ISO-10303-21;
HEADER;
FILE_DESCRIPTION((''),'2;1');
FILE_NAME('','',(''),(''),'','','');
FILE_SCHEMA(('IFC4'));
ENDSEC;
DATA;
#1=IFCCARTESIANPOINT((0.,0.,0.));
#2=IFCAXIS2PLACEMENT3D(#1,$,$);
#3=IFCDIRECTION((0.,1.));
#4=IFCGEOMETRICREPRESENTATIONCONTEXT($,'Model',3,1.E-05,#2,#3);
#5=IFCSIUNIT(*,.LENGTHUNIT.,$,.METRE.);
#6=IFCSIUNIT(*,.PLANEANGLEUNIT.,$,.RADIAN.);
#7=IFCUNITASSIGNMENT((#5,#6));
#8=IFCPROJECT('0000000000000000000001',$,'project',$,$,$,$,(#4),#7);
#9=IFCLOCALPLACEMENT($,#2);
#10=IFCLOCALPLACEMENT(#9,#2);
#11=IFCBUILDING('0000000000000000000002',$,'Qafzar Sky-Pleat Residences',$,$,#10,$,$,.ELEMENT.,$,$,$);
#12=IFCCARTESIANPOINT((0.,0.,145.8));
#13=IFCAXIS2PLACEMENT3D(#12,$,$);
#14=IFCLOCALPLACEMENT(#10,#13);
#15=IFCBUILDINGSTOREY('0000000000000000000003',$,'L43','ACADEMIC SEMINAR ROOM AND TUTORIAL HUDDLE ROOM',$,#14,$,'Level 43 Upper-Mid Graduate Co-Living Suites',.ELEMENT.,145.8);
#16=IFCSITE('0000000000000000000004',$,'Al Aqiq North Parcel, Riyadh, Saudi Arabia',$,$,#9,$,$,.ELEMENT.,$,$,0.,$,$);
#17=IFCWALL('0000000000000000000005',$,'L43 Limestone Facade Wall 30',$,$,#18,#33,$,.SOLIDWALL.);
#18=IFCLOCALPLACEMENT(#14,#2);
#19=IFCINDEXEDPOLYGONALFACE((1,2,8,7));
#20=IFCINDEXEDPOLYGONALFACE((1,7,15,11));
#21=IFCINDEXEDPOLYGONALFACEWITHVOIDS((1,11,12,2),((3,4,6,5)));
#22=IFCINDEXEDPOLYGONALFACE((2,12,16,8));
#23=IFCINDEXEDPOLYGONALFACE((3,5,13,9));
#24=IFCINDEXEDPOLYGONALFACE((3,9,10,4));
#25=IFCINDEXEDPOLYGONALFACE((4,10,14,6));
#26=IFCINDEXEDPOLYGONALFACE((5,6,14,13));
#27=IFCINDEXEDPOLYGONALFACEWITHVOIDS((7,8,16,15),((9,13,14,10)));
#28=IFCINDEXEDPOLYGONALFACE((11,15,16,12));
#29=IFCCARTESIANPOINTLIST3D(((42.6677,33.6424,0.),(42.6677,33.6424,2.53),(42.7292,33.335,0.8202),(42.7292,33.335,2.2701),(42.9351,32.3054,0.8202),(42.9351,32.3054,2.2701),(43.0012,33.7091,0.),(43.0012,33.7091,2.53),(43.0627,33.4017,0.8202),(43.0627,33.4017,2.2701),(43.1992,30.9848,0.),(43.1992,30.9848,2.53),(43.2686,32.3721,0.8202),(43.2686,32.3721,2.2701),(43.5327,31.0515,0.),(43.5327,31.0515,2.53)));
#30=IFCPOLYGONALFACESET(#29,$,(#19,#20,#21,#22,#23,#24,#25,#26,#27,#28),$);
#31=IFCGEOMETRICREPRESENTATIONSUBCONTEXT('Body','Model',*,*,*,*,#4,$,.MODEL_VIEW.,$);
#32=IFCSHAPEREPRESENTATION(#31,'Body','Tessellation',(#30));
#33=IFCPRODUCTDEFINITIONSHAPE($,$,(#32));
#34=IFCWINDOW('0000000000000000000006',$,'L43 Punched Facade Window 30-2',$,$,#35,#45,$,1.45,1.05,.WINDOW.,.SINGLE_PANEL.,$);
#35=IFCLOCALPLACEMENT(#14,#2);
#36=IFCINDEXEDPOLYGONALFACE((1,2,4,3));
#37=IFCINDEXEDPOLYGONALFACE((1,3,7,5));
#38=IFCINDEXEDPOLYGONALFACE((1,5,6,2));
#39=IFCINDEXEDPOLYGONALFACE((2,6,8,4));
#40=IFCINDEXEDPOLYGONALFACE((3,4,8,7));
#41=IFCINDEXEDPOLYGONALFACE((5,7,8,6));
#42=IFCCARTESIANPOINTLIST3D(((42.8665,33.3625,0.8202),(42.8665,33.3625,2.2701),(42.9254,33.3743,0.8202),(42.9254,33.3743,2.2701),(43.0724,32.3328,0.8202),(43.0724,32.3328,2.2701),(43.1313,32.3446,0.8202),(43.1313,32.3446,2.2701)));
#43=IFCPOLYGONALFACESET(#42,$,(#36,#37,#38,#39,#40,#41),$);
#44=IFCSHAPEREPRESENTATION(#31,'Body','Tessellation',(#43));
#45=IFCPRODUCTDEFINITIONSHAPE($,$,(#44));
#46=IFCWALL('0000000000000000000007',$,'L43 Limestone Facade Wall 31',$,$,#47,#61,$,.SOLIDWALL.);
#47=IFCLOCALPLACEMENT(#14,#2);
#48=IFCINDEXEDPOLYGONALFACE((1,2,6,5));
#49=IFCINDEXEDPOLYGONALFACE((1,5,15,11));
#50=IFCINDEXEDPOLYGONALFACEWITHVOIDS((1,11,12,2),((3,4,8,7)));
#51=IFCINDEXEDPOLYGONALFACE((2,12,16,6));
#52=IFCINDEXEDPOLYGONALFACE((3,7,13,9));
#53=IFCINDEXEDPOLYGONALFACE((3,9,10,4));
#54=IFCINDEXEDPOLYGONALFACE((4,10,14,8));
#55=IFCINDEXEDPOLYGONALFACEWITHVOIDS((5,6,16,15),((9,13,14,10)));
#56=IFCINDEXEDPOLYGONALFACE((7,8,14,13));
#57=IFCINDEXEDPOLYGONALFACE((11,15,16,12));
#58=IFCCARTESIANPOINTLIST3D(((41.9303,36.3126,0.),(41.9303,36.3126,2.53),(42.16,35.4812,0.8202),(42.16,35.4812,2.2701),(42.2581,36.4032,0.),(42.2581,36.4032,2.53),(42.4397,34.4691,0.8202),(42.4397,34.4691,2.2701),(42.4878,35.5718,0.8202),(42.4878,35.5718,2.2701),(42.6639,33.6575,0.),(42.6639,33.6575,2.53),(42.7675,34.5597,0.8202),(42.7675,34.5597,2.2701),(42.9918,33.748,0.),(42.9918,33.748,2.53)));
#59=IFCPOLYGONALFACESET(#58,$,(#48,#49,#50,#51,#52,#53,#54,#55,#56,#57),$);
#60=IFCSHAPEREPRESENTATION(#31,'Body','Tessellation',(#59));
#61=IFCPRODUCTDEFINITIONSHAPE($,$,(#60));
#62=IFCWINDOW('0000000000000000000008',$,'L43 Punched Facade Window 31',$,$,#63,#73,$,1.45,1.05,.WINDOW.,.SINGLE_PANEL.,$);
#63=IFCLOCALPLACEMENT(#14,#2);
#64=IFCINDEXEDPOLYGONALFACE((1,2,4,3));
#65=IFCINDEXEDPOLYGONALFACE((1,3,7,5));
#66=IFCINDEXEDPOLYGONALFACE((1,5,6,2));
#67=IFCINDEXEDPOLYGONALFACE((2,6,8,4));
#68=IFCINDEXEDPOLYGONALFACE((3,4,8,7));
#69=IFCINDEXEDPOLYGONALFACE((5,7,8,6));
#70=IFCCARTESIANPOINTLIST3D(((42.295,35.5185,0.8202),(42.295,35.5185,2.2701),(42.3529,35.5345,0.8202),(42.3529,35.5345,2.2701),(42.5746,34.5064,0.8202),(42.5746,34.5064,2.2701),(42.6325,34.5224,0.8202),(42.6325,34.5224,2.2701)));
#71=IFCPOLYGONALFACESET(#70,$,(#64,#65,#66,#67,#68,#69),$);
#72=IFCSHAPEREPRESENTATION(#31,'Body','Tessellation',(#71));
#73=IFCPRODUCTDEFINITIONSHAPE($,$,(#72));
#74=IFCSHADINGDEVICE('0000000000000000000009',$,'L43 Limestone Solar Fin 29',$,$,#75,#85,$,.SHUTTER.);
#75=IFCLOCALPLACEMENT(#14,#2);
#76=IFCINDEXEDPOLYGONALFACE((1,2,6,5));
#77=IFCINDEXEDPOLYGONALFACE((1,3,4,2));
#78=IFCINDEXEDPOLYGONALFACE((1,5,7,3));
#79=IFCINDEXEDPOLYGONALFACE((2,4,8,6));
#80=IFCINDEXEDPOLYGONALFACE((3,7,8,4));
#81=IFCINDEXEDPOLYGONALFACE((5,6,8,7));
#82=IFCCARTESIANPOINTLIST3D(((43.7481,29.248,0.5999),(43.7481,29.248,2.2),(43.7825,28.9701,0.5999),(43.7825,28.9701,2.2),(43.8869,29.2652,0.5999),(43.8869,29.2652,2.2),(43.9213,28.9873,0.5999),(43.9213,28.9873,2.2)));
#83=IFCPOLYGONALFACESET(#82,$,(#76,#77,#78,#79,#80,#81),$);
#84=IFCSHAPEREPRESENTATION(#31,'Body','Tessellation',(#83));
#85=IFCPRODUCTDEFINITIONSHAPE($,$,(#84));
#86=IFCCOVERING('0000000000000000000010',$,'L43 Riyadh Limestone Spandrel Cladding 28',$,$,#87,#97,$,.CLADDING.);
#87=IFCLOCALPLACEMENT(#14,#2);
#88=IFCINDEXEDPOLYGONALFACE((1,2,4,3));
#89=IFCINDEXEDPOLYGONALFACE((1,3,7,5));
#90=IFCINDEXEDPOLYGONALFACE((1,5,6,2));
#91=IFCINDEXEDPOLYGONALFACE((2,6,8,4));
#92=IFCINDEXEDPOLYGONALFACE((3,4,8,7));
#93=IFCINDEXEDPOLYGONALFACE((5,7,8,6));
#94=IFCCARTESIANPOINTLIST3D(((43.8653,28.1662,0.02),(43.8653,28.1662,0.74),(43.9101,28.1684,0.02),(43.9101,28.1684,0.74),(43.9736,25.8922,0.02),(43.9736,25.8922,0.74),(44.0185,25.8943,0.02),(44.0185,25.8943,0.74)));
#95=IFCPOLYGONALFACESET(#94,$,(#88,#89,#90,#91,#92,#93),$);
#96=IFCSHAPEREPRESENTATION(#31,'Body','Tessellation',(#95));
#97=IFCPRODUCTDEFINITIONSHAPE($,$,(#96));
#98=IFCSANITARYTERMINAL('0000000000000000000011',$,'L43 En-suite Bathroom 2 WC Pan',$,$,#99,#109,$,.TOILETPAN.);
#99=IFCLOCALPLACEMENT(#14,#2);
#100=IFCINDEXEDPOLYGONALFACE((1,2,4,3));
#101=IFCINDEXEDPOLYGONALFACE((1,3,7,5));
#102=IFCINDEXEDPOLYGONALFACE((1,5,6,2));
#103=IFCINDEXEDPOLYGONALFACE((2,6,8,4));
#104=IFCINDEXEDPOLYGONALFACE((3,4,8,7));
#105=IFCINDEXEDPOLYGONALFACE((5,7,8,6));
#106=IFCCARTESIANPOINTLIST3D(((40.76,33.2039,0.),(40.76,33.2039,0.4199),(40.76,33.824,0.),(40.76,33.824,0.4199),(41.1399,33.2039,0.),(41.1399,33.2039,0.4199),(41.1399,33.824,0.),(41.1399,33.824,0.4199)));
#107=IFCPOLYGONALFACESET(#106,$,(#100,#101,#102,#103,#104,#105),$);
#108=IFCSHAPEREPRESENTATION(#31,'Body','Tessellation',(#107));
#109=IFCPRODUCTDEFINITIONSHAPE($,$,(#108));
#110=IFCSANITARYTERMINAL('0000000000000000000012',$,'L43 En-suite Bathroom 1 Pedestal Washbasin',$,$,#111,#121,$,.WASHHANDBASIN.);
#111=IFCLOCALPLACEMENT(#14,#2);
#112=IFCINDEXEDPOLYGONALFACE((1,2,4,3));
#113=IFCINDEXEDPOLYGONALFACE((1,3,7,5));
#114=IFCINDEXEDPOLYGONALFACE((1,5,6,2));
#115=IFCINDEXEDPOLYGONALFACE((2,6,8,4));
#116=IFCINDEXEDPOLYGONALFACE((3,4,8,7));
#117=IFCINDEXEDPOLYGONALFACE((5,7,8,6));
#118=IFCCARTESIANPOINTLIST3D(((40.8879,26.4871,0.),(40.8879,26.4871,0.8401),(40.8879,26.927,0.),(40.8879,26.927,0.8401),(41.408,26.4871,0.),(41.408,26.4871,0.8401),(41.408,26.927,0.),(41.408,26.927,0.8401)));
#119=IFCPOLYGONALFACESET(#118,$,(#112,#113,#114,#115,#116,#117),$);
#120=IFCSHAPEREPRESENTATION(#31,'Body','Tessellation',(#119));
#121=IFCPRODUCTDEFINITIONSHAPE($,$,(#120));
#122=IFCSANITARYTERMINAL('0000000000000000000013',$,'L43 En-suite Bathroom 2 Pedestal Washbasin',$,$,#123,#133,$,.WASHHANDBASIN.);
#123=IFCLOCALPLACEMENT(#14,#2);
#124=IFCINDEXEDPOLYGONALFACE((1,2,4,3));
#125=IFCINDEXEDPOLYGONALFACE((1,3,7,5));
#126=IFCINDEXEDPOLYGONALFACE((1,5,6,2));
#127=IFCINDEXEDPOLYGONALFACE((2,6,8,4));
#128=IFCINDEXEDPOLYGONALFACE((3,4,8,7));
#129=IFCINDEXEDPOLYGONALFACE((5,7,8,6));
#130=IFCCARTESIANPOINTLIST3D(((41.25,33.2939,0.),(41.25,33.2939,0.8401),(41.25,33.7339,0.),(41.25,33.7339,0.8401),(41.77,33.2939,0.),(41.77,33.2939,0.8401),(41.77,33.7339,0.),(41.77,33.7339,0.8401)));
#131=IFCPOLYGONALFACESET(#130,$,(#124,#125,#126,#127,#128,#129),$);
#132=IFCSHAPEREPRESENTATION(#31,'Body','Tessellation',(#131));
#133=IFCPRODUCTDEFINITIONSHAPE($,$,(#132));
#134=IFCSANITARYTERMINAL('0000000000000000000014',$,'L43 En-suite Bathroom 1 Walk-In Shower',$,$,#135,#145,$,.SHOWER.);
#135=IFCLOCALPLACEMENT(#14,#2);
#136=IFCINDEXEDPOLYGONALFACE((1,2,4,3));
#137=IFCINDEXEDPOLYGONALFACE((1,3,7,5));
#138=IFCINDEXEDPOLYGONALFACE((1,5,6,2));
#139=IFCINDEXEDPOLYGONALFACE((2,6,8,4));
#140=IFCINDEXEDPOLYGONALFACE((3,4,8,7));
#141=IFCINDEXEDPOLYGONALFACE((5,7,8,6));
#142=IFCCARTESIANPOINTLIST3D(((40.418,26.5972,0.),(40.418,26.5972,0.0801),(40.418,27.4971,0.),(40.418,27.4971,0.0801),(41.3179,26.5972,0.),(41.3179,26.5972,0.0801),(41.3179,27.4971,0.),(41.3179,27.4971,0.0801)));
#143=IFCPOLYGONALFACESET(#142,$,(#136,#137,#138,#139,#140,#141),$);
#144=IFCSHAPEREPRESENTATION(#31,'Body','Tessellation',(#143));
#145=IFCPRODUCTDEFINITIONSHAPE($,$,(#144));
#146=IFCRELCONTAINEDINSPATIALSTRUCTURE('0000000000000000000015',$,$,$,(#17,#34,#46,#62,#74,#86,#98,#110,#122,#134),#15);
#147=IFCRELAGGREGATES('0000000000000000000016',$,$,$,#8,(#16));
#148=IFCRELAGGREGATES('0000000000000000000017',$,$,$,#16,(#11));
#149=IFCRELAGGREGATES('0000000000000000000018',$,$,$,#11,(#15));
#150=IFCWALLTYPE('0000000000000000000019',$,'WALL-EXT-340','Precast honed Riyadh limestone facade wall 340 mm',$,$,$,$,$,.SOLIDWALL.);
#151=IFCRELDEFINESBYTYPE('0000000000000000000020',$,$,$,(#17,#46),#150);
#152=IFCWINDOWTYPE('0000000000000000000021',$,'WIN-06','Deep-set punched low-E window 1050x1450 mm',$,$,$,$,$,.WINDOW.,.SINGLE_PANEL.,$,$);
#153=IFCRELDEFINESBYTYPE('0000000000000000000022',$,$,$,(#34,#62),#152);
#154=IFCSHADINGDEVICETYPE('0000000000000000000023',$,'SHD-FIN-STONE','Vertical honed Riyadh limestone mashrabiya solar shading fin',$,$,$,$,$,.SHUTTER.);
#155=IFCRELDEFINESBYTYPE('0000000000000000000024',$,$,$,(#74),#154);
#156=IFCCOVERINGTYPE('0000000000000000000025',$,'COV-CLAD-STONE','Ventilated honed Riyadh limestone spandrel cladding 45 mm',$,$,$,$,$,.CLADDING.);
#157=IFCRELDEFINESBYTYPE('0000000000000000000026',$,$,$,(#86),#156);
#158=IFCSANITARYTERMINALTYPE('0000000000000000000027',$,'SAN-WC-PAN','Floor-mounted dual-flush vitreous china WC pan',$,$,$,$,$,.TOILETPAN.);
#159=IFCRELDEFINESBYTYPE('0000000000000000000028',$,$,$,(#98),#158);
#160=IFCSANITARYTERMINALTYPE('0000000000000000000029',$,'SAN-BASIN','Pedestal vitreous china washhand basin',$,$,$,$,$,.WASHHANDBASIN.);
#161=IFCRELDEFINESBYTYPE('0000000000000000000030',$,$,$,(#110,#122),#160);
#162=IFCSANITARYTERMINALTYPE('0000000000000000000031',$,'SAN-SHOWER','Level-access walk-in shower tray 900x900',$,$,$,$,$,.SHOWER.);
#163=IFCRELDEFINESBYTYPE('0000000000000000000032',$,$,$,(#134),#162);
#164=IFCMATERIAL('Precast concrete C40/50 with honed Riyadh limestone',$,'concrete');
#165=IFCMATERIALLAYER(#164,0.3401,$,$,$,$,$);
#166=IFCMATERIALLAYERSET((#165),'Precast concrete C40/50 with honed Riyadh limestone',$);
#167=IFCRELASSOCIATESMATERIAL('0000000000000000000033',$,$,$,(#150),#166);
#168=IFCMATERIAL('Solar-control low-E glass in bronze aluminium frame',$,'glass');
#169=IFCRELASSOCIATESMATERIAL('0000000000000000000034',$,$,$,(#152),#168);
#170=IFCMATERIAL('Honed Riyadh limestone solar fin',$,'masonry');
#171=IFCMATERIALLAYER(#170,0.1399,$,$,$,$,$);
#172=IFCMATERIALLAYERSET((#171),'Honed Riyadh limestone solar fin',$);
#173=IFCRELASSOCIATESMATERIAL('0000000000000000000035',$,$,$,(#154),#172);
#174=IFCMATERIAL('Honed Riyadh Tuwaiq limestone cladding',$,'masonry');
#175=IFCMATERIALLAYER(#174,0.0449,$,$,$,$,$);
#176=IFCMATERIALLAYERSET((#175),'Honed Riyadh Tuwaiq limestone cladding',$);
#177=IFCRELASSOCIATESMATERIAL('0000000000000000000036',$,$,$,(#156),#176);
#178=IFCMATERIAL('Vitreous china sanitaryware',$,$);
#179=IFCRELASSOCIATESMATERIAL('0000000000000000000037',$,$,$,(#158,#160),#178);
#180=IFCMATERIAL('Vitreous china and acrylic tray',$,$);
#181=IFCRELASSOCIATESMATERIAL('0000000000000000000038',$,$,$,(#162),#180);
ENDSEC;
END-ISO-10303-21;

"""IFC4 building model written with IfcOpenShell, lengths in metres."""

from ifc_helpers import new_model, si_unit, direction, frame, frame_2d, origin, origin_2d, place, context, subcontext, project, spatial, rectangle, extrude, source, transform, mapped, material, layer, layer_set, type_object, element, fill, save


model = new_model("IFC4")

# Units and contexts
model_context = context("Model", 3, precision=1e-05, world=origin(), true_north=direction((0.0, 1.0)))
body_context = subcontext(model_context, "Body", "Model", "MODEL_VIEW")
ifc_project = project(units=[si_unit("LENGTHUNIT", "METRE"), si_unit("PLANEANGLEUNIT", "RADIAN")], contexts=[model_context])

# Site, building, storey
site_placement = place(None, origin())
site = spatial("IfcSite", under=ifc_project, at=site_placement, Name="Al Aqiq North Parcel, Riyadh, Saudi Arabia", CompositionType="ELEMENT", RefElevation=0.0)
building_placement = place(site_placement, origin())
building = spatial("IfcBuilding", under=site, at=building_placement, Name="Qafzar Sky-Pleat Residences", CompositionType="ELEMENT")
storey_placement = place(building_placement, frame((0.0, 0.0, 145.8)))
storey = spatial("IfcBuildingStorey", under=building, at=storey_placement, Name="L43", Description="ACADEMIC SEMINAR ROOM AND TUTORIAL HUDDLE ROOM", LongName="Level 43 Upper-Mid Graduate Co-Living Suites", CompositionType="ELEMENT", Elevation=145.8)

# Walls, openings, windows
ifc_material_1 = material(Name="Precast concrete C40/50 with honed Riyadh limestone", Category="concrete")
ifc_layer_1 = layer(ifc_material_1, 0.3401)
ifc_layer_set_1 = layer_set([ifc_layer_1], Name="Precast concrete C40/50 with honed Riyadh limestone")
wall_type_1 = type_object("IfcWallType", Name="WALL-EXT-340", Description="Precast honed Riyadh limestone facade wall 340 mm", PredefinedType="SOLIDWALL", material=ifc_layer_set_1)
ifc_material_2 = material(Name="Solar-control low-E glass in bronze aluminium frame", Category="glass")
wall_1_placement = place(storey_placement, frame((43.366, 31.0183, 0.0), z_axis=(0.0, 0.0, 1.0), x_axis=(-0.196116, 0.980581, 0.0)))
wall_1 = element("IfcWall", 1, at=wall_1_placement, inside=storey, type_object=wall_type_1, Name="L43 Limestone Facade Wall 30", PredefinedType="SOLIDWALL", context=body_context, shape_type="SweptSolid", body=[
    extrude(rectangle(XDim=2.7102, YDim=0.3401, at=frame_2d((1.355, 0.0))), origin(), (0.0, 0.0, 1.0), 2.53),
])
opening_1_placement = place(wall_1_placement, frame((1.3467, 0.0, 0.8201)))
opening_1 = element("IfcOpeningElement", 2, at=opening_1_placement, cuts=wall_1, PredefinedType="OPENING", context=body_context, shape_type="SweptSolid", body=[
    extrude(rectangle(XDim=1.05, YDim=1.45, at=frame_2d((0.5249, 0.7251))), frame((0.0, 0.1802, 0.0), z_axis=(0.0, -1.0, 0.0), x_axis=(1.0, 0.0, 0.0)), (0.0, 0.0, 1.0), 0.3601),
])
window_type_1 = type_object("IfcWindowType", Name="WIN-06", Description="Deep-set punched low-E window 1050x1450 mm", PartitioningType="SINGLE_PANEL", PredefinedType="WINDOW", material=ifc_material_2)
shared_shape_1 = source(origin(), body_context, "Body", "SweptSolid", [
    extrude(rectangle(XDim=1.05, YDim=1.45, at=frame_2d((0.5249, 0.7251))), frame((0.0, 0.03, 0.0), z_axis=(0.0, -1.0, 0.0), x_axis=(1.0, 0.0, 0.0)), (0.0, 0.0, 1.0), 0.0601),
])
window_1_placement = place(opening_1_placement, origin())
window_1 = element("IfcWindow", 3, at=window_1_placement, inside=storey, type_object=window_type_1, Name="L43 Punched Facade Window 30-2", OverallHeight=1.45, OverallWidth=1.05, PartitioningType="SINGLE_PANEL", PredefinedType="WINDOW", context=body_context, shape_type="MappedRepresentation", body=[
    mapped(shared_shape_1, transform((0.0, 0.0, 0.0), x_axis=(1.0, 0.0, 0.0), y_axis=(0.0, 1.0, 0.0), z_axis=(0.0, 0.0, 1.0), scale=1.0)),
])
fill(opening_1, window_1)
wall_2_placement = place(storey_placement, frame((42.8279, 33.7026, 0.0), z_axis=(0.0, 0.0, 1.0), x_axis=(-0.266341, 0.963879, 0.0)))
wall_2 = element("IfcWall", 4, at=wall_2_placement, inside=storey, type_object=wall_type_1, Name="L43 Limestone Facade Wall 31", PredefinedType="SOLIDWALL", context=body_context, shape_type="SweptSolid", body=[
    extrude(rectangle(XDim=2.7546, YDim=0.3401, at=frame_2d((1.3774, 0.0))), origin(), (0.0, 0.0, 1.0), 2.53),
])
opening_2_placement = place(wall_2_placement, frame((0.8423, 0.0, 0.8201)))
opening_2 = element("IfcOpeningElement", 5, at=opening_2_placement, cuts=wall_2, PredefinedType="OPENING", context=body_context, shape_type="SweptSolid", body=[
    extrude(rectangle(XDim=1.05, YDim=1.45, at=frame_2d((0.5249, 0.7251))), frame((0.0, 0.1802, 0.0), z_axis=(0.0, -1.0, 0.0), x_axis=(1.0, 0.0, 0.0)), (0.0, 0.0, 1.0), 0.3601),
])
window_2_placement = place(opening_2_placement, origin())
window_2 = element("IfcWindow", 6, at=window_2_placement, inside=storey, type_object=window_type_1, Name="L43 Punched Facade Window 31", OverallHeight=1.45, OverallWidth=1.05, PartitioningType="SINGLE_PANEL", PredefinedType="WINDOW", context=body_context, shape_type="MappedRepresentation", body=[
    mapped(shared_shape_1, transform((0.0, 0.0, 0.0), x_axis=(1.0, 0.0, 0.0), y_axis=(0.0, 1.0, 0.0), z_axis=(0.0, 0.0, 1.0), scale=1.0)),
])
fill(opening_2, window_2)

# Shading device
ifc_material_3 = material(Name="Honed Riyadh limestone solar fin", Category="masonry")
ifc_layer_2 = layer(ifc_material_3, 0.1399)
ifc_layer_set_2 = layer_set([ifc_layer_2], Name="Honed Riyadh limestone solar fin")
shading_device_type = type_object("IfcShadingDeviceType", Name="SHD-FIN-STONE", Description="Vertical honed Riyadh limestone mashrabiya solar shading fin", PredefinedType="SHUTTER", material=ifc_layer_set_2)
shared_shape_2 = source(origin(), body_context, "Body", "SweptSolid", [
    extrude(rectangle(XDim=0.1399, YDim=0.28, at=origin_2d()), origin(), (0.0, 0.0, 1.0), 1.6001),
])
shading_device_placement = place(storey_placement, frame((43.8347, 29.1177, 0.5999), z_axis=(0.0, 0.0, 1.0), x_axis=(0.992426, 0.122846, 0.0)))
element("IfcShadingDevice", 7, at=shading_device_placement, inside=storey, type_object=shading_device_type, Name="L43 Limestone Solar Fin 29", PredefinedType="SHUTTER", context=body_context, shape_type="MappedRepresentation", body=[
    mapped(shared_shape_2, transform((0.0, 0.0, 0.0), x_axis=(1.0, 0.0, 0.0), y_axis=(0.0, 1.0, 0.0), z_axis=(0.0, 0.0, 1.0), scale=1.0)),
])

# Covering
ifc_material_4 = material(Name="Honed Riyadh Tuwaiq limestone cladding", Category="masonry")
ifc_layer_3 = layer(ifc_material_4, 0.0449)
ifc_layer_set_3 = layer_set([ifc_layer_3], Name="Honed Riyadh Tuwaiq limestone cladding")
covering_type = type_object("IfcCoveringType", Name="COV-CLAD-STONE", Description="Ventilated honed Riyadh limestone spandrel cladding 45 mm", PredefinedType="CLADDING", material=ifc_layer_set_3)
shared_shape_3 = source(origin(), body_context, "Body", "SweptSolid", [
    extrude(rectangle(XDim=2.2766, YDim=0.0449, at=origin_2d()), origin(), (0.0, 0.0, 1.0), 0.72),
])
covering_placement = place(storey_placement, frame((43.9419, 27.0303, 0.02), z_axis=(0.0, 0.0, 1.0), x_axis=(-0.047597, 0.998867, 0.0)))
element("IfcCovering", 8, at=covering_placement, inside=storey, type_object=covering_type, Name="L43 Riyadh Limestone Spandrel Cladding 28", PredefinedType="CLADDING", context=body_context, shape_type="MappedRepresentation", body=[
    mapped(shared_shape_3, transform((0.0, 0.0, 0.0), x_axis=(1.0, 0.0, 0.0), y_axis=(0.0, 1.0, 0.0), z_axis=(0.0, 0.0, 1.0), scale=1.0)),
])

# Sanitary terminals
ifc_material_5 = material(Name="Vitreous china sanitaryware")
sanitary_terminal_type_1 = type_object("IfcSanitaryTerminalType", Name="SAN-WC-PAN", Description="Floor-mounted dual-flush vitreous china WC pan", PredefinedType="TOILETPAN", material=ifc_material_5)
shared_shape_4 = source(origin(), body_context, "Body", "SweptSolid", [
    extrude(rectangle(XDim=0.3799, YDim=0.6201, at=origin_2d()), origin(), (0.0, 0.0, 1.0), 0.4199),
])
sanitary_terminal_1_placement = place(storey_placement, frame((40.95, 33.5139, 0.0), z_axis=(0.0, 0.0, 1.0), x_axis=(1.0, 0.0, 0.0)))
element("IfcSanitaryTerminal", 9, at=sanitary_terminal_1_placement, inside=storey, type_object=sanitary_terminal_type_1, Name="L43 En-suite Bathroom 2 WC Pan", PredefinedType="TOILETPAN", context=body_context, shape_type="MappedRepresentation", body=[
    mapped(shared_shape_4, transform((0.0, 0.0, 0.0), x_axis=(1.0, 0.0, 0.0), y_axis=(0.0, 1.0, 0.0), z_axis=(0.0, 0.0, 1.0), scale=1.0)),
])
sanitary_terminal_type_2 = type_object("IfcSanitaryTerminalType", Name="SAN-BASIN", Description="Pedestal vitreous china washhand basin", PredefinedType="WASHHANDBASIN", material=ifc_material_5)
shared_shape_5 = source(origin(), body_context, "Body", "SweptSolid", [
    extrude(rectangle(XDim=0.52, YDim=0.4399, at=origin_2d()), origin(), (0.0, 0.0, 1.0), 0.8401),
])
for number, where, z_axis, x_axis, name in (
    (10, (41.1479, 26.707, 0.0), (0.0, 0.0, 1.0), (1.0, 0.0, 0.0), "L43 En-suite Bathroom 1 Pedestal Washbasin"),
    (11, (41.51, 33.5139, 0.0), (0.0, 0.0, 1.0), (1.0, 0.0, 0.0), "L43 En-suite Bathroom 2 Pedestal Washbasin"),
):
    element("IfcSanitaryTerminal", number, at=place(storey_placement, frame(where, z_axis=z_axis, x_axis=x_axis)), inside=storey, type_object=sanitary_terminal_type_2, Name=name, PredefinedType="WASHHANDBASIN", context=body_context, shape_type="MappedRepresentation", body=[
        mapped(shared_shape_5, transform((0.0, 0.0, 0.0), x_axis=(1.0, 0.0, 0.0), y_axis=(0.0, 1.0, 0.0), z_axis=(0.0, 0.0, 1.0), scale=1.0)),
    ])
ifc_material_6 = material(Name="Vitreous china and acrylic tray")
sanitary_terminal_type_3 = type_object("IfcSanitaryTerminalType", Name="SAN-SHOWER", Description="Level-access walk-in shower tray 900x900", PredefinedType="SHOWER", material=ifc_material_6)
shared_shape_6 = source(origin(), body_context, "Body", "SweptSolid", [
    extrude(rectangle(XDim=0.8999, YDim=0.8999, at=origin_2d()), origin(), (0.0, 0.0, 1.0), 0.0801),
])
sanitary_terminal_2_placement = place(storey_placement, frame((40.8679, 27.0471, 0.0), z_axis=(0.0, 0.0, 1.0), x_axis=(1.0, 0.0, 0.0)))
element("IfcSanitaryTerminal", 12, at=sanitary_terminal_2_placement, inside=storey, type_object=sanitary_terminal_type_3, Name="L43 En-suite Bathroom 1 Walk-In Shower", PredefinedType="SHOWER", context=body_context, shape_type="MappedRepresentation", body=[
    mapped(shared_shape_6, transform((0.0, 0.0, 0.0), x_axis=(1.0, 0.0, 0.0), y_axis=(0.0, 1.0, 0.0), z_axis=(0.0, 0.0, 1.0), scale=1.0)),
])

save(model, "model.ifc")
